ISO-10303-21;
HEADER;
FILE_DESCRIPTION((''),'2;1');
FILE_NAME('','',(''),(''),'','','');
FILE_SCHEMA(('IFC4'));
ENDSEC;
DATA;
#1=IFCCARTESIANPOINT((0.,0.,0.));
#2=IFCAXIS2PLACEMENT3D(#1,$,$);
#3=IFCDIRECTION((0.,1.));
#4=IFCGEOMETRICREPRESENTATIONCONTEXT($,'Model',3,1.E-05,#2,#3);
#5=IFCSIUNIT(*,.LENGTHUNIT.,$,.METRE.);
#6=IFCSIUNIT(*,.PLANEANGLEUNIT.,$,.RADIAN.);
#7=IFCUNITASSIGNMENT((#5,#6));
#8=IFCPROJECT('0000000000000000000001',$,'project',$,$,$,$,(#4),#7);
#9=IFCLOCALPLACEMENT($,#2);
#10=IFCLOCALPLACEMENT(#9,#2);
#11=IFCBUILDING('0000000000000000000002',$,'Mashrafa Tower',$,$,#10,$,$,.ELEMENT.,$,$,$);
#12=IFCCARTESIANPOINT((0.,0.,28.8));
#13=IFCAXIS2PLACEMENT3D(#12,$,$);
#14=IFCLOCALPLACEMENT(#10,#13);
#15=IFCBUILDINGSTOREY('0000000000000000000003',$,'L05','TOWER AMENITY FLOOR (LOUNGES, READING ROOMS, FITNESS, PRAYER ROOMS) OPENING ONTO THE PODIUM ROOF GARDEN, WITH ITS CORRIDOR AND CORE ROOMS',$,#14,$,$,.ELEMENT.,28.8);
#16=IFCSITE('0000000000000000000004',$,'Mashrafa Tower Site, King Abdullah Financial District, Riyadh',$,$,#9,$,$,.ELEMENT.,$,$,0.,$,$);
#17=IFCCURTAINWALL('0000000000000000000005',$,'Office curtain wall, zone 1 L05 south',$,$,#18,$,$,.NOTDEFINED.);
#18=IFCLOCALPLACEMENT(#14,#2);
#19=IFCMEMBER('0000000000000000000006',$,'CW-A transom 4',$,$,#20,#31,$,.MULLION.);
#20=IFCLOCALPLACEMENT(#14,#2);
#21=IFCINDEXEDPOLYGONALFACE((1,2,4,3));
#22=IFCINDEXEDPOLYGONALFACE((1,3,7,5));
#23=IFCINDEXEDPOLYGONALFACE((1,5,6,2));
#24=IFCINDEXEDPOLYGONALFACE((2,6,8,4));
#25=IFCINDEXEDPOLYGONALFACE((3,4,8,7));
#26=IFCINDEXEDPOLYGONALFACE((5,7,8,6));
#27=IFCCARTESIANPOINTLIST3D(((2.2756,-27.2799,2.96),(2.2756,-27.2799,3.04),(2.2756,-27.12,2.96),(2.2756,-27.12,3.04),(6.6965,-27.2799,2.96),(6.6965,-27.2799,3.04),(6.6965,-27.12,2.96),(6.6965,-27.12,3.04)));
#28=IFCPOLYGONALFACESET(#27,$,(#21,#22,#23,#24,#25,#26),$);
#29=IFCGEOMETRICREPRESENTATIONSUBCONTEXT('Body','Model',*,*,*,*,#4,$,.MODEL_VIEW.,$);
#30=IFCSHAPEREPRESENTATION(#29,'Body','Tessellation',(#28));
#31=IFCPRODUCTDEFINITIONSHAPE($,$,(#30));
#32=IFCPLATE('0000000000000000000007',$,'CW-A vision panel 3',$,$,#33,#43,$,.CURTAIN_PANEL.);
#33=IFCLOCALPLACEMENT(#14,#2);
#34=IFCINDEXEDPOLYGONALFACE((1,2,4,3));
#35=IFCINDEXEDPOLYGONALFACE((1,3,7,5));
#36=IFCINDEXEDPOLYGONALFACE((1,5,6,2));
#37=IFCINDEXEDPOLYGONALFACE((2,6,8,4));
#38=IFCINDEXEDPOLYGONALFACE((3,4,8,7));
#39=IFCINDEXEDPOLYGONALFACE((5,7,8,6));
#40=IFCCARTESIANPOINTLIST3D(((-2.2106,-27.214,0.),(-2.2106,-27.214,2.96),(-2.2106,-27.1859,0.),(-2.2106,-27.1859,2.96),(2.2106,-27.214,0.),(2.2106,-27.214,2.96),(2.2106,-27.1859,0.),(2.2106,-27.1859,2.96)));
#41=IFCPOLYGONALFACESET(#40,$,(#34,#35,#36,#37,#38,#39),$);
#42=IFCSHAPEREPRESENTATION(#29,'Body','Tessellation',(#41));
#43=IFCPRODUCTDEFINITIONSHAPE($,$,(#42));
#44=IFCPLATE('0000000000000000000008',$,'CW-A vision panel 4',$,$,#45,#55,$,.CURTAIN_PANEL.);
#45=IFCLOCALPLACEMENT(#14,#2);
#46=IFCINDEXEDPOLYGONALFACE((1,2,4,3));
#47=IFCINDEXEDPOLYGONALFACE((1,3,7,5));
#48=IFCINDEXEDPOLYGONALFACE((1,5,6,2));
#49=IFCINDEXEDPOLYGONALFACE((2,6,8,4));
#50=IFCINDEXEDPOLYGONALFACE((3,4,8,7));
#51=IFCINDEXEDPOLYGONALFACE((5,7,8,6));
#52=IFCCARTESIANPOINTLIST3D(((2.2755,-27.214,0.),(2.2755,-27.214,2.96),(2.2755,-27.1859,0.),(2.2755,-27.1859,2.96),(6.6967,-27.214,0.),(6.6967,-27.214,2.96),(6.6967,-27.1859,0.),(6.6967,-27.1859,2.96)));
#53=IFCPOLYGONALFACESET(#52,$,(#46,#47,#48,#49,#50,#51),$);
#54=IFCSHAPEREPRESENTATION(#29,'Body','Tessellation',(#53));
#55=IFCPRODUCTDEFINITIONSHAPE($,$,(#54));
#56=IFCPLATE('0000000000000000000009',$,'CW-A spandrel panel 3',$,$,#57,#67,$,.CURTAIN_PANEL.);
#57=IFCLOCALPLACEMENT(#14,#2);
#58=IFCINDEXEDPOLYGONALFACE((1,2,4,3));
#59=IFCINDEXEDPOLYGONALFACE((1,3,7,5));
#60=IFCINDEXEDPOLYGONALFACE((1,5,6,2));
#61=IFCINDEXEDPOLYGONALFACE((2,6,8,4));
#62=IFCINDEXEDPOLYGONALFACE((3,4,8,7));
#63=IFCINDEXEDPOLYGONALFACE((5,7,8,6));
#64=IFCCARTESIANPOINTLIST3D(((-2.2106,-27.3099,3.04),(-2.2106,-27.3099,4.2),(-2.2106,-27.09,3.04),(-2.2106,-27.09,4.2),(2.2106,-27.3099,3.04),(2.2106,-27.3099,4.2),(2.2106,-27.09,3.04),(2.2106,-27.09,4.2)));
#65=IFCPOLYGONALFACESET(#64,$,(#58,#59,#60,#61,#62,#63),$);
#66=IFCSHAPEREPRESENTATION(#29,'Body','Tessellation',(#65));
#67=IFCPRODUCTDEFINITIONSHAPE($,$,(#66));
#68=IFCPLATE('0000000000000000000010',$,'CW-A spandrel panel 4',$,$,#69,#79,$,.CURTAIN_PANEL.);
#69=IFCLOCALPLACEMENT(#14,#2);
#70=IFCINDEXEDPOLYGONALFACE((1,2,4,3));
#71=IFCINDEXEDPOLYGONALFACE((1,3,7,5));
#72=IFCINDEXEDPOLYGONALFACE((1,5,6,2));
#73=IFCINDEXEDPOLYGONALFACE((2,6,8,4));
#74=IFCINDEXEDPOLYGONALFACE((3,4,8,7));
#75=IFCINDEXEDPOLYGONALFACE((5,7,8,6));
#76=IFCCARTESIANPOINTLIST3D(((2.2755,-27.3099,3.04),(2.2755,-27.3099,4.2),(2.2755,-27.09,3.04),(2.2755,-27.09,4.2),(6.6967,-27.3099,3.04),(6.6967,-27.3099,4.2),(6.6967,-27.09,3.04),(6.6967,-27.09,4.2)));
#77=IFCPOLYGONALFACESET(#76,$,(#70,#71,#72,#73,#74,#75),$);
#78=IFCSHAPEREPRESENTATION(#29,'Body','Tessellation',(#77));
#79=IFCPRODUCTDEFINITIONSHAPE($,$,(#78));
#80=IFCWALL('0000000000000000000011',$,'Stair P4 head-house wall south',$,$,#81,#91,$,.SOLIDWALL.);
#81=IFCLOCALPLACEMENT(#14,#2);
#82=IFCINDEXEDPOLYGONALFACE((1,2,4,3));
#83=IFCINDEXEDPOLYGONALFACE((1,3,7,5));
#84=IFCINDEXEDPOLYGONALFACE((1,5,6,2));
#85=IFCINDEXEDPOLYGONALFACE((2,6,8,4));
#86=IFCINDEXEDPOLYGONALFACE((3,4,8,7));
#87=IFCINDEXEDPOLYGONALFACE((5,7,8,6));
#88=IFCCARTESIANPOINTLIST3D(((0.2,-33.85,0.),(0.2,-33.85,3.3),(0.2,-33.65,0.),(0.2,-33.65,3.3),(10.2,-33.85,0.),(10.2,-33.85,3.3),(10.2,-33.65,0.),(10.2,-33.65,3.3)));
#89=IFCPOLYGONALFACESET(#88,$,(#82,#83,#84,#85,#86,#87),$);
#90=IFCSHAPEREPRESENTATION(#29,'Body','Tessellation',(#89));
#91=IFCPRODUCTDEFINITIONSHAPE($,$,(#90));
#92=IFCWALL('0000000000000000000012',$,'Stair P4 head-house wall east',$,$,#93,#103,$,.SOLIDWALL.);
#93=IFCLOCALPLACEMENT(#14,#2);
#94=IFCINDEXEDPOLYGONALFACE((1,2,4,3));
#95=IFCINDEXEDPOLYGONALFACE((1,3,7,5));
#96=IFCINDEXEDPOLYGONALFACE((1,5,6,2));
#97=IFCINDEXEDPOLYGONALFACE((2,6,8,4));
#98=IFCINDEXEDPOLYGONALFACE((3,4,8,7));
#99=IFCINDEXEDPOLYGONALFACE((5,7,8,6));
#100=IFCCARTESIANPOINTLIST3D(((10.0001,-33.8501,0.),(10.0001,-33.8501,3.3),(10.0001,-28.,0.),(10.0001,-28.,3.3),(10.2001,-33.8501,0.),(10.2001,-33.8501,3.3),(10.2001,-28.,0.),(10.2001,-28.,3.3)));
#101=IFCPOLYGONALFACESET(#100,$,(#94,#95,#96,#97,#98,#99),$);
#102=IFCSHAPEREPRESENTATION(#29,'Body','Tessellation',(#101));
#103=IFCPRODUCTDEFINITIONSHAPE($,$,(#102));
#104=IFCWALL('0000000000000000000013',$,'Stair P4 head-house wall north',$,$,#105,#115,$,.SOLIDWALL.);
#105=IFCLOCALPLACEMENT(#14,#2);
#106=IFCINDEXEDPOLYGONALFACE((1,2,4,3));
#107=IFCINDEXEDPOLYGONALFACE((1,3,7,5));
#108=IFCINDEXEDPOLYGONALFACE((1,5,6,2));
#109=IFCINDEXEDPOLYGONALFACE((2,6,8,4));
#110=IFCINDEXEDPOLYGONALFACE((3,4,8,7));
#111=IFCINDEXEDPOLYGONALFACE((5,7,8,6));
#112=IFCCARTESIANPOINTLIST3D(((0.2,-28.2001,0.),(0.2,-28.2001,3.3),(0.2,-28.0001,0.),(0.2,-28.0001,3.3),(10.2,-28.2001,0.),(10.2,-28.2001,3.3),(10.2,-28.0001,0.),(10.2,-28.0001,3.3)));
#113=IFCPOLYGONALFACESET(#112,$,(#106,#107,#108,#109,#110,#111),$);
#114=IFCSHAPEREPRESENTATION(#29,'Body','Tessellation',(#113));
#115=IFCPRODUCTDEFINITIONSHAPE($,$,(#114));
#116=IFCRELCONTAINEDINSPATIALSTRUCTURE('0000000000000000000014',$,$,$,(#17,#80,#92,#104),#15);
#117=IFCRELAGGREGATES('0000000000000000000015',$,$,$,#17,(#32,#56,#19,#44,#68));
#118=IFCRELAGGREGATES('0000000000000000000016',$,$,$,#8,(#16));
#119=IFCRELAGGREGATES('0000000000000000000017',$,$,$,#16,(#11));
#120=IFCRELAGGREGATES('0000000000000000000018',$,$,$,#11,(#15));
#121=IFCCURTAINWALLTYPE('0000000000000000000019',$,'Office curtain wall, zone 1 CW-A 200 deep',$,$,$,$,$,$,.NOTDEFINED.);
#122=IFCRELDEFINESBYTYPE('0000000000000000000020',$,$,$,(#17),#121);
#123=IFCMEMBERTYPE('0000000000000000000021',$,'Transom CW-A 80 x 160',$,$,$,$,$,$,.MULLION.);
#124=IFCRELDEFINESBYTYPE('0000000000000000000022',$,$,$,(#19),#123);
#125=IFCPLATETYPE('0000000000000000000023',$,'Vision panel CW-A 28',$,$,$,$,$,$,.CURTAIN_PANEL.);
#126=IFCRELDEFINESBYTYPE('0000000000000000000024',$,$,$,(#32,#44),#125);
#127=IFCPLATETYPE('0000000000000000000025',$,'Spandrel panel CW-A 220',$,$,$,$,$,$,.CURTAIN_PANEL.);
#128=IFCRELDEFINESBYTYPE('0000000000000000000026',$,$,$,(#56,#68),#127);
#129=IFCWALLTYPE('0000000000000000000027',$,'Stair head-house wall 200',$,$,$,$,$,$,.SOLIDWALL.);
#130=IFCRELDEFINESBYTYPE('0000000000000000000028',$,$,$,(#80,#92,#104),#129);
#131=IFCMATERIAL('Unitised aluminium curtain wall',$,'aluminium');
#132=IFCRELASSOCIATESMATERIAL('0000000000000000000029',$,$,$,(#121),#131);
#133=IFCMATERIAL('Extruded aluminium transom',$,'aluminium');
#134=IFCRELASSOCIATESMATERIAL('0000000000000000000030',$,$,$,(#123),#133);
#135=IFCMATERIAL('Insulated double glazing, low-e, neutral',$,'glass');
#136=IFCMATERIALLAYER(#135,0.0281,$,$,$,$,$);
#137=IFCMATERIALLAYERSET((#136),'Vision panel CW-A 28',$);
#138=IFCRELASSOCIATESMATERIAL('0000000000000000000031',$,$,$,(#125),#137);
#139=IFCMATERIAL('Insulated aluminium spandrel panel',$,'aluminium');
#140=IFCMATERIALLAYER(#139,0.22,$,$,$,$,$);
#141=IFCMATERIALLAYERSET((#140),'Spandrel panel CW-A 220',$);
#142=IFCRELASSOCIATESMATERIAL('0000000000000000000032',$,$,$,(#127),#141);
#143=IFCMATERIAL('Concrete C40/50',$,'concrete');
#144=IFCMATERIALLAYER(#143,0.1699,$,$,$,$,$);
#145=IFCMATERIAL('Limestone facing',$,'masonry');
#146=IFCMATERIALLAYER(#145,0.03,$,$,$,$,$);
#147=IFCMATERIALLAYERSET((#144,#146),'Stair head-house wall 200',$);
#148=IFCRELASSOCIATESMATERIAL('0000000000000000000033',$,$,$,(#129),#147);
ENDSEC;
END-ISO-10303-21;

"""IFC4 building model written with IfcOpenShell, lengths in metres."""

from ifc_helpers import new_model, si_unit, direction, frame, frame_2d, origin, origin_2d, place, context, subcontext, project, spatial, rectangle, extrude, source, transform, mapped, material, layer, layer_set, material_profile, profile_set, type_object, type_shapes, element, aggregate, save


model = new_model("IFC4")

# Units and contexts
model_context = context("Model", 3, precision=1e-05, world=origin(), true_north=direction((0.0, 1.0)))
body_context = subcontext(model_context, "Body", "Model", "MODEL_VIEW")
ifc_project = project(units=[si_unit("LENGTHUNIT", "METRE"), si_unit("PLANEANGLEUNIT", "RADIAN")], contexts=[model_context])

# Site, building, storey
site_placement = place(None, origin())
site = spatial("IfcSite", under=ifc_project, at=site_placement, Name="Mashrafa Tower Site, King Abdullah Financial District, Riyadh", CompositionType="ELEMENT", RefElevation=0.0)
building_placement = place(site_placement, origin())
building = spatial("IfcBuilding", under=site, at=building_placement, Name="Mashrafa Tower", CompositionType="ELEMENT")
storey_placement = place(building_placement, frame((0.0, 0.0, 28.8)))
storey = spatial("IfcBuildingStorey", under=building, at=storey_placement, Name="L05", Description="TOWER AMENITY FLOOR (LOUNGES, READING ROOMS, FITNESS, PRAYER ROOMS) OPENING ONTO THE PODIUM ROOF GARDEN, WITH ITS CORRIDOR AND CORE ROOMS", CompositionType="ELEMENT", Elevation=28.8)

# Curtain wall, member, plates
ifc_material_1 = material(Name="Unitised aluminium curtain wall", Category="aluminium")
curtain_wall_type = type_object("IfcCurtainWallType", Name="Office curtain wall, zone 1 CW-A 200 deep", PredefinedType="NOTDEFINED", material=ifc_material_1)
curtain_wall_placement = place(storey_placement, origin())
curtain_wall = element("IfcCurtainWall", 1, at=curtain_wall_placement, inside=storey, type_object=curtain_wall_type, Name="Office curtain wall, zone 1 L05 south", PredefinedType="NOTDEFINED")
ifc_material_2 = material(Name="Extruded aluminium transom", Category="aluminium")
ifc_material_profile_1 = material_profile(ifc_material_2, rectangle(XDim=0.1599, YDim=0.0801, at=origin_2d()), Name="Transom 80x160")
ifc_profile_set_1 = profile_set([ifc_material_profile_1], Name="Extruded aluminium transom")
member_type_1 = type_object("IfcMemberType", Name="Transom CW-A 80 x 160", PredefinedType="MULLION", material=ifc_profile_set_1)
shared_shape_1 = source(origin(), body_context, "Body", "SweptSolid", [
    extrude(rectangle(XDim=0.1599, YDim=0.0801, at=origin_2d()), origin(), (0.0, 0.0, 1.0), 4.4209),
])
type_shapes(member_type_1, [shared_shape_1])
member_1_placement = place(storey_placement, frame((2.2756, -27.2, 3.0), z_axis=(1.0, 0.0, 0.0), x_axis=(0.0, 1.0, 0.0)))
member_1 = element("IfcMember", 2, at=member_1_placement, type_object=member_type_1, Name="CW-A transom 4", PredefinedType="MULLION", context=body_context, shape_type="MappedRepresentation", body=[
    mapped(shared_shape_1, transform((0.0, 0.0, 0.0))),
])
ifc_material_3 = material(Name="Insulated double glazing, low-e, neutral", Category="glass")
ifc_layer_1 = layer(ifc_material_3, 0.0281)
ifc_layer_set_1 = layer_set([ifc_layer_1], Name="Vision panel CW-A 28")
plate_type_1 = type_object("IfcPlateType", Name="Vision panel CW-A 28", PredefinedType="CURTAIN_PANEL", material=ifc_layer_set_1)
shared_shape_2 = source(origin(), body_context, "Body", "SweptSolid", [
    extrude(rectangle(XDim=4.4211, YDim=0.0281, at=origin_2d()), origin(), (0.0, 0.0, 1.0), 2.96),
])
type_shapes(plate_type_1, [shared_shape_2])
plate_1_placement = place(storey_placement, frame((0.0, -27.2, 0.0), z_axis=(0.0, 0.0, 1.0), x_axis=(1.0, 0.0, 0.0)))
plate_1 = element("IfcPlate", 3, at=plate_1_placement, type_object=plate_type_1, Name="CW-A vision panel 3", PredefinedType="CURTAIN_PANEL", context=body_context, shape_type="MappedRepresentation", body=[
    mapped(shared_shape_2, transform((0.0, 0.0, 0.0))),
])
plate_2_placement = place(storey_placement, frame((4.4861, -27.2, 0.0), z_axis=(0.0, 0.0, 1.0), x_axis=(1.0, 0.0, 0.0)))
plate_2 = element("IfcPlate", 4, at=plate_2_placement, type_object=plate_type_1, Name="CW-A vision panel 4", PredefinedType="CURTAIN_PANEL", context=body_context, shape_type="MappedRepresentation", body=[
    mapped(shared_shape_2, transform((0.0, 0.0, 0.0))),
])
ifc_material_4 = material(Name="Insulated aluminium spandrel panel", Category="aluminium")
ifc_layer_2 = layer(ifc_material_4, 0.22)
ifc_layer_set_2 = layer_set([ifc_layer_2], Name="Spandrel panel CW-A 220")
plate_type_2 = type_object("IfcPlateType", Name="Spandrel panel CW-A 220", PredefinedType="CURTAIN_PANEL", material=ifc_layer_set_2)
shared_shape_3 = source(origin(), body_context, "Body", "SweptSolid", [
    extrude(rectangle(XDim=4.4211, YDim=0.22, at=origin_2d()), origin(), (0.0, 0.0, 1.0), 1.1599),
])
type_shapes(plate_type_2, [shared_shape_3])
plate_3_placement = place(storey_placement, frame((0.0, -27.2, 3.04), z_axis=(0.0, 0.0, 1.0), x_axis=(1.0, 0.0, 0.0)))
plate_3 = element("IfcPlate", 5, at=plate_3_placement, type_object=plate_type_2, Name="CW-A spandrel panel 3", PredefinedType="CURTAIN_PANEL", context=body_context, shape_type="MappedRepresentation", body=[
    mapped(shared_shape_3, transform((0.0, 0.0, 0.0))),
])
plate_4_placement = place(storey_placement, frame((4.4861, -27.2, 3.04), z_axis=(0.0, 0.0, 1.0), x_axis=(1.0, 0.0, 0.0)))
plate_4 = element("IfcPlate", 6, at=plate_4_placement, type_object=plate_type_2, Name="CW-A spandrel panel 4", PredefinedType="CURTAIN_PANEL", context=body_context, shape_type="MappedRepresentation", body=[
    mapped(shared_shape_3, transform((0.0, 0.0, 0.0))),
])
aggregate(curtain_wall, [plate_1, plate_3, member_1, plate_2, plate_4])

# Walls
ifc_material_5 = material(Name="Concrete C40/50", Category="concrete")
ifc_layer_3 = layer(ifc_material_5, 0.1699)
ifc_material_6 = material(Name="Limestone facing", Category="masonry")
ifc_layer_4 = layer(ifc_material_6, 0.03)
ifc_layer_set_3 = layer_set([ifc_layer_3, ifc_layer_4], Name="Stair head-house wall 200")
wall_type = type_object("IfcWallType", Name="Stair head-house wall 200", PredefinedType="SOLIDWALL", material=ifc_layer_set_3)
wall_1_placement = place(storey_placement, frame((0.2, -33.75, 0.0), z_axis=(0.0, 0.0, 1.0), x_axis=(1.0, 0.0, 0.0)))
element("IfcWall", 7, at=wall_1_placement, inside=storey, type_object=wall_type, Name="Stair P4 head-house wall south", PredefinedType="SOLIDWALL", context=body_context, shape_type="SweptSolid", body=[
    extrude(rectangle(XDim=10.0, YDim=0.2, at=frame_2d((5.0, 0.0))), origin(), (0.0, 0.0, 1.0), 3.3),
])
wall_2_placement = place(storey_placement, frame((10.1001, -33.8501, 0.0), z_axis=(0.0, 0.0, 1.0), x_axis=(0.0, 1.0, 0.0)))
element("IfcWall", 8, at=wall_2_placement, inside=storey, type_object=wall_type, Name="Stair P4 head-house wall east", PredefinedType="SOLIDWALL", context=body_context, shape_type="SweptSolid", body=[
    extrude(rectangle(XDim=5.8501, YDim=0.2, at=frame_2d((2.925, 0.0))), origin(), (0.0, 0.0, 1.0), 3.3),
])
wall_3_placement = place(storey_placement, frame((10.2, -28.1001, 0.0), z_axis=(0.0, 0.0, 1.0), x_axis=(-1.0, 0.0, 0.0)))
element("IfcWall", 9, at=wall_3_placement, inside=storey, type_object=wall_type, Name="Stair P4 head-house wall north", PredefinedType="SOLIDWALL", context=body_context, shape_type="SweptSolid", body=[
    extrude(rectangle(XDim=10.0, YDim=0.2, at=frame_2d((5.0, 0.0))), origin(), (0.0, 0.0, 1.0), 3.3),
])

save(model, "model.ifc")
